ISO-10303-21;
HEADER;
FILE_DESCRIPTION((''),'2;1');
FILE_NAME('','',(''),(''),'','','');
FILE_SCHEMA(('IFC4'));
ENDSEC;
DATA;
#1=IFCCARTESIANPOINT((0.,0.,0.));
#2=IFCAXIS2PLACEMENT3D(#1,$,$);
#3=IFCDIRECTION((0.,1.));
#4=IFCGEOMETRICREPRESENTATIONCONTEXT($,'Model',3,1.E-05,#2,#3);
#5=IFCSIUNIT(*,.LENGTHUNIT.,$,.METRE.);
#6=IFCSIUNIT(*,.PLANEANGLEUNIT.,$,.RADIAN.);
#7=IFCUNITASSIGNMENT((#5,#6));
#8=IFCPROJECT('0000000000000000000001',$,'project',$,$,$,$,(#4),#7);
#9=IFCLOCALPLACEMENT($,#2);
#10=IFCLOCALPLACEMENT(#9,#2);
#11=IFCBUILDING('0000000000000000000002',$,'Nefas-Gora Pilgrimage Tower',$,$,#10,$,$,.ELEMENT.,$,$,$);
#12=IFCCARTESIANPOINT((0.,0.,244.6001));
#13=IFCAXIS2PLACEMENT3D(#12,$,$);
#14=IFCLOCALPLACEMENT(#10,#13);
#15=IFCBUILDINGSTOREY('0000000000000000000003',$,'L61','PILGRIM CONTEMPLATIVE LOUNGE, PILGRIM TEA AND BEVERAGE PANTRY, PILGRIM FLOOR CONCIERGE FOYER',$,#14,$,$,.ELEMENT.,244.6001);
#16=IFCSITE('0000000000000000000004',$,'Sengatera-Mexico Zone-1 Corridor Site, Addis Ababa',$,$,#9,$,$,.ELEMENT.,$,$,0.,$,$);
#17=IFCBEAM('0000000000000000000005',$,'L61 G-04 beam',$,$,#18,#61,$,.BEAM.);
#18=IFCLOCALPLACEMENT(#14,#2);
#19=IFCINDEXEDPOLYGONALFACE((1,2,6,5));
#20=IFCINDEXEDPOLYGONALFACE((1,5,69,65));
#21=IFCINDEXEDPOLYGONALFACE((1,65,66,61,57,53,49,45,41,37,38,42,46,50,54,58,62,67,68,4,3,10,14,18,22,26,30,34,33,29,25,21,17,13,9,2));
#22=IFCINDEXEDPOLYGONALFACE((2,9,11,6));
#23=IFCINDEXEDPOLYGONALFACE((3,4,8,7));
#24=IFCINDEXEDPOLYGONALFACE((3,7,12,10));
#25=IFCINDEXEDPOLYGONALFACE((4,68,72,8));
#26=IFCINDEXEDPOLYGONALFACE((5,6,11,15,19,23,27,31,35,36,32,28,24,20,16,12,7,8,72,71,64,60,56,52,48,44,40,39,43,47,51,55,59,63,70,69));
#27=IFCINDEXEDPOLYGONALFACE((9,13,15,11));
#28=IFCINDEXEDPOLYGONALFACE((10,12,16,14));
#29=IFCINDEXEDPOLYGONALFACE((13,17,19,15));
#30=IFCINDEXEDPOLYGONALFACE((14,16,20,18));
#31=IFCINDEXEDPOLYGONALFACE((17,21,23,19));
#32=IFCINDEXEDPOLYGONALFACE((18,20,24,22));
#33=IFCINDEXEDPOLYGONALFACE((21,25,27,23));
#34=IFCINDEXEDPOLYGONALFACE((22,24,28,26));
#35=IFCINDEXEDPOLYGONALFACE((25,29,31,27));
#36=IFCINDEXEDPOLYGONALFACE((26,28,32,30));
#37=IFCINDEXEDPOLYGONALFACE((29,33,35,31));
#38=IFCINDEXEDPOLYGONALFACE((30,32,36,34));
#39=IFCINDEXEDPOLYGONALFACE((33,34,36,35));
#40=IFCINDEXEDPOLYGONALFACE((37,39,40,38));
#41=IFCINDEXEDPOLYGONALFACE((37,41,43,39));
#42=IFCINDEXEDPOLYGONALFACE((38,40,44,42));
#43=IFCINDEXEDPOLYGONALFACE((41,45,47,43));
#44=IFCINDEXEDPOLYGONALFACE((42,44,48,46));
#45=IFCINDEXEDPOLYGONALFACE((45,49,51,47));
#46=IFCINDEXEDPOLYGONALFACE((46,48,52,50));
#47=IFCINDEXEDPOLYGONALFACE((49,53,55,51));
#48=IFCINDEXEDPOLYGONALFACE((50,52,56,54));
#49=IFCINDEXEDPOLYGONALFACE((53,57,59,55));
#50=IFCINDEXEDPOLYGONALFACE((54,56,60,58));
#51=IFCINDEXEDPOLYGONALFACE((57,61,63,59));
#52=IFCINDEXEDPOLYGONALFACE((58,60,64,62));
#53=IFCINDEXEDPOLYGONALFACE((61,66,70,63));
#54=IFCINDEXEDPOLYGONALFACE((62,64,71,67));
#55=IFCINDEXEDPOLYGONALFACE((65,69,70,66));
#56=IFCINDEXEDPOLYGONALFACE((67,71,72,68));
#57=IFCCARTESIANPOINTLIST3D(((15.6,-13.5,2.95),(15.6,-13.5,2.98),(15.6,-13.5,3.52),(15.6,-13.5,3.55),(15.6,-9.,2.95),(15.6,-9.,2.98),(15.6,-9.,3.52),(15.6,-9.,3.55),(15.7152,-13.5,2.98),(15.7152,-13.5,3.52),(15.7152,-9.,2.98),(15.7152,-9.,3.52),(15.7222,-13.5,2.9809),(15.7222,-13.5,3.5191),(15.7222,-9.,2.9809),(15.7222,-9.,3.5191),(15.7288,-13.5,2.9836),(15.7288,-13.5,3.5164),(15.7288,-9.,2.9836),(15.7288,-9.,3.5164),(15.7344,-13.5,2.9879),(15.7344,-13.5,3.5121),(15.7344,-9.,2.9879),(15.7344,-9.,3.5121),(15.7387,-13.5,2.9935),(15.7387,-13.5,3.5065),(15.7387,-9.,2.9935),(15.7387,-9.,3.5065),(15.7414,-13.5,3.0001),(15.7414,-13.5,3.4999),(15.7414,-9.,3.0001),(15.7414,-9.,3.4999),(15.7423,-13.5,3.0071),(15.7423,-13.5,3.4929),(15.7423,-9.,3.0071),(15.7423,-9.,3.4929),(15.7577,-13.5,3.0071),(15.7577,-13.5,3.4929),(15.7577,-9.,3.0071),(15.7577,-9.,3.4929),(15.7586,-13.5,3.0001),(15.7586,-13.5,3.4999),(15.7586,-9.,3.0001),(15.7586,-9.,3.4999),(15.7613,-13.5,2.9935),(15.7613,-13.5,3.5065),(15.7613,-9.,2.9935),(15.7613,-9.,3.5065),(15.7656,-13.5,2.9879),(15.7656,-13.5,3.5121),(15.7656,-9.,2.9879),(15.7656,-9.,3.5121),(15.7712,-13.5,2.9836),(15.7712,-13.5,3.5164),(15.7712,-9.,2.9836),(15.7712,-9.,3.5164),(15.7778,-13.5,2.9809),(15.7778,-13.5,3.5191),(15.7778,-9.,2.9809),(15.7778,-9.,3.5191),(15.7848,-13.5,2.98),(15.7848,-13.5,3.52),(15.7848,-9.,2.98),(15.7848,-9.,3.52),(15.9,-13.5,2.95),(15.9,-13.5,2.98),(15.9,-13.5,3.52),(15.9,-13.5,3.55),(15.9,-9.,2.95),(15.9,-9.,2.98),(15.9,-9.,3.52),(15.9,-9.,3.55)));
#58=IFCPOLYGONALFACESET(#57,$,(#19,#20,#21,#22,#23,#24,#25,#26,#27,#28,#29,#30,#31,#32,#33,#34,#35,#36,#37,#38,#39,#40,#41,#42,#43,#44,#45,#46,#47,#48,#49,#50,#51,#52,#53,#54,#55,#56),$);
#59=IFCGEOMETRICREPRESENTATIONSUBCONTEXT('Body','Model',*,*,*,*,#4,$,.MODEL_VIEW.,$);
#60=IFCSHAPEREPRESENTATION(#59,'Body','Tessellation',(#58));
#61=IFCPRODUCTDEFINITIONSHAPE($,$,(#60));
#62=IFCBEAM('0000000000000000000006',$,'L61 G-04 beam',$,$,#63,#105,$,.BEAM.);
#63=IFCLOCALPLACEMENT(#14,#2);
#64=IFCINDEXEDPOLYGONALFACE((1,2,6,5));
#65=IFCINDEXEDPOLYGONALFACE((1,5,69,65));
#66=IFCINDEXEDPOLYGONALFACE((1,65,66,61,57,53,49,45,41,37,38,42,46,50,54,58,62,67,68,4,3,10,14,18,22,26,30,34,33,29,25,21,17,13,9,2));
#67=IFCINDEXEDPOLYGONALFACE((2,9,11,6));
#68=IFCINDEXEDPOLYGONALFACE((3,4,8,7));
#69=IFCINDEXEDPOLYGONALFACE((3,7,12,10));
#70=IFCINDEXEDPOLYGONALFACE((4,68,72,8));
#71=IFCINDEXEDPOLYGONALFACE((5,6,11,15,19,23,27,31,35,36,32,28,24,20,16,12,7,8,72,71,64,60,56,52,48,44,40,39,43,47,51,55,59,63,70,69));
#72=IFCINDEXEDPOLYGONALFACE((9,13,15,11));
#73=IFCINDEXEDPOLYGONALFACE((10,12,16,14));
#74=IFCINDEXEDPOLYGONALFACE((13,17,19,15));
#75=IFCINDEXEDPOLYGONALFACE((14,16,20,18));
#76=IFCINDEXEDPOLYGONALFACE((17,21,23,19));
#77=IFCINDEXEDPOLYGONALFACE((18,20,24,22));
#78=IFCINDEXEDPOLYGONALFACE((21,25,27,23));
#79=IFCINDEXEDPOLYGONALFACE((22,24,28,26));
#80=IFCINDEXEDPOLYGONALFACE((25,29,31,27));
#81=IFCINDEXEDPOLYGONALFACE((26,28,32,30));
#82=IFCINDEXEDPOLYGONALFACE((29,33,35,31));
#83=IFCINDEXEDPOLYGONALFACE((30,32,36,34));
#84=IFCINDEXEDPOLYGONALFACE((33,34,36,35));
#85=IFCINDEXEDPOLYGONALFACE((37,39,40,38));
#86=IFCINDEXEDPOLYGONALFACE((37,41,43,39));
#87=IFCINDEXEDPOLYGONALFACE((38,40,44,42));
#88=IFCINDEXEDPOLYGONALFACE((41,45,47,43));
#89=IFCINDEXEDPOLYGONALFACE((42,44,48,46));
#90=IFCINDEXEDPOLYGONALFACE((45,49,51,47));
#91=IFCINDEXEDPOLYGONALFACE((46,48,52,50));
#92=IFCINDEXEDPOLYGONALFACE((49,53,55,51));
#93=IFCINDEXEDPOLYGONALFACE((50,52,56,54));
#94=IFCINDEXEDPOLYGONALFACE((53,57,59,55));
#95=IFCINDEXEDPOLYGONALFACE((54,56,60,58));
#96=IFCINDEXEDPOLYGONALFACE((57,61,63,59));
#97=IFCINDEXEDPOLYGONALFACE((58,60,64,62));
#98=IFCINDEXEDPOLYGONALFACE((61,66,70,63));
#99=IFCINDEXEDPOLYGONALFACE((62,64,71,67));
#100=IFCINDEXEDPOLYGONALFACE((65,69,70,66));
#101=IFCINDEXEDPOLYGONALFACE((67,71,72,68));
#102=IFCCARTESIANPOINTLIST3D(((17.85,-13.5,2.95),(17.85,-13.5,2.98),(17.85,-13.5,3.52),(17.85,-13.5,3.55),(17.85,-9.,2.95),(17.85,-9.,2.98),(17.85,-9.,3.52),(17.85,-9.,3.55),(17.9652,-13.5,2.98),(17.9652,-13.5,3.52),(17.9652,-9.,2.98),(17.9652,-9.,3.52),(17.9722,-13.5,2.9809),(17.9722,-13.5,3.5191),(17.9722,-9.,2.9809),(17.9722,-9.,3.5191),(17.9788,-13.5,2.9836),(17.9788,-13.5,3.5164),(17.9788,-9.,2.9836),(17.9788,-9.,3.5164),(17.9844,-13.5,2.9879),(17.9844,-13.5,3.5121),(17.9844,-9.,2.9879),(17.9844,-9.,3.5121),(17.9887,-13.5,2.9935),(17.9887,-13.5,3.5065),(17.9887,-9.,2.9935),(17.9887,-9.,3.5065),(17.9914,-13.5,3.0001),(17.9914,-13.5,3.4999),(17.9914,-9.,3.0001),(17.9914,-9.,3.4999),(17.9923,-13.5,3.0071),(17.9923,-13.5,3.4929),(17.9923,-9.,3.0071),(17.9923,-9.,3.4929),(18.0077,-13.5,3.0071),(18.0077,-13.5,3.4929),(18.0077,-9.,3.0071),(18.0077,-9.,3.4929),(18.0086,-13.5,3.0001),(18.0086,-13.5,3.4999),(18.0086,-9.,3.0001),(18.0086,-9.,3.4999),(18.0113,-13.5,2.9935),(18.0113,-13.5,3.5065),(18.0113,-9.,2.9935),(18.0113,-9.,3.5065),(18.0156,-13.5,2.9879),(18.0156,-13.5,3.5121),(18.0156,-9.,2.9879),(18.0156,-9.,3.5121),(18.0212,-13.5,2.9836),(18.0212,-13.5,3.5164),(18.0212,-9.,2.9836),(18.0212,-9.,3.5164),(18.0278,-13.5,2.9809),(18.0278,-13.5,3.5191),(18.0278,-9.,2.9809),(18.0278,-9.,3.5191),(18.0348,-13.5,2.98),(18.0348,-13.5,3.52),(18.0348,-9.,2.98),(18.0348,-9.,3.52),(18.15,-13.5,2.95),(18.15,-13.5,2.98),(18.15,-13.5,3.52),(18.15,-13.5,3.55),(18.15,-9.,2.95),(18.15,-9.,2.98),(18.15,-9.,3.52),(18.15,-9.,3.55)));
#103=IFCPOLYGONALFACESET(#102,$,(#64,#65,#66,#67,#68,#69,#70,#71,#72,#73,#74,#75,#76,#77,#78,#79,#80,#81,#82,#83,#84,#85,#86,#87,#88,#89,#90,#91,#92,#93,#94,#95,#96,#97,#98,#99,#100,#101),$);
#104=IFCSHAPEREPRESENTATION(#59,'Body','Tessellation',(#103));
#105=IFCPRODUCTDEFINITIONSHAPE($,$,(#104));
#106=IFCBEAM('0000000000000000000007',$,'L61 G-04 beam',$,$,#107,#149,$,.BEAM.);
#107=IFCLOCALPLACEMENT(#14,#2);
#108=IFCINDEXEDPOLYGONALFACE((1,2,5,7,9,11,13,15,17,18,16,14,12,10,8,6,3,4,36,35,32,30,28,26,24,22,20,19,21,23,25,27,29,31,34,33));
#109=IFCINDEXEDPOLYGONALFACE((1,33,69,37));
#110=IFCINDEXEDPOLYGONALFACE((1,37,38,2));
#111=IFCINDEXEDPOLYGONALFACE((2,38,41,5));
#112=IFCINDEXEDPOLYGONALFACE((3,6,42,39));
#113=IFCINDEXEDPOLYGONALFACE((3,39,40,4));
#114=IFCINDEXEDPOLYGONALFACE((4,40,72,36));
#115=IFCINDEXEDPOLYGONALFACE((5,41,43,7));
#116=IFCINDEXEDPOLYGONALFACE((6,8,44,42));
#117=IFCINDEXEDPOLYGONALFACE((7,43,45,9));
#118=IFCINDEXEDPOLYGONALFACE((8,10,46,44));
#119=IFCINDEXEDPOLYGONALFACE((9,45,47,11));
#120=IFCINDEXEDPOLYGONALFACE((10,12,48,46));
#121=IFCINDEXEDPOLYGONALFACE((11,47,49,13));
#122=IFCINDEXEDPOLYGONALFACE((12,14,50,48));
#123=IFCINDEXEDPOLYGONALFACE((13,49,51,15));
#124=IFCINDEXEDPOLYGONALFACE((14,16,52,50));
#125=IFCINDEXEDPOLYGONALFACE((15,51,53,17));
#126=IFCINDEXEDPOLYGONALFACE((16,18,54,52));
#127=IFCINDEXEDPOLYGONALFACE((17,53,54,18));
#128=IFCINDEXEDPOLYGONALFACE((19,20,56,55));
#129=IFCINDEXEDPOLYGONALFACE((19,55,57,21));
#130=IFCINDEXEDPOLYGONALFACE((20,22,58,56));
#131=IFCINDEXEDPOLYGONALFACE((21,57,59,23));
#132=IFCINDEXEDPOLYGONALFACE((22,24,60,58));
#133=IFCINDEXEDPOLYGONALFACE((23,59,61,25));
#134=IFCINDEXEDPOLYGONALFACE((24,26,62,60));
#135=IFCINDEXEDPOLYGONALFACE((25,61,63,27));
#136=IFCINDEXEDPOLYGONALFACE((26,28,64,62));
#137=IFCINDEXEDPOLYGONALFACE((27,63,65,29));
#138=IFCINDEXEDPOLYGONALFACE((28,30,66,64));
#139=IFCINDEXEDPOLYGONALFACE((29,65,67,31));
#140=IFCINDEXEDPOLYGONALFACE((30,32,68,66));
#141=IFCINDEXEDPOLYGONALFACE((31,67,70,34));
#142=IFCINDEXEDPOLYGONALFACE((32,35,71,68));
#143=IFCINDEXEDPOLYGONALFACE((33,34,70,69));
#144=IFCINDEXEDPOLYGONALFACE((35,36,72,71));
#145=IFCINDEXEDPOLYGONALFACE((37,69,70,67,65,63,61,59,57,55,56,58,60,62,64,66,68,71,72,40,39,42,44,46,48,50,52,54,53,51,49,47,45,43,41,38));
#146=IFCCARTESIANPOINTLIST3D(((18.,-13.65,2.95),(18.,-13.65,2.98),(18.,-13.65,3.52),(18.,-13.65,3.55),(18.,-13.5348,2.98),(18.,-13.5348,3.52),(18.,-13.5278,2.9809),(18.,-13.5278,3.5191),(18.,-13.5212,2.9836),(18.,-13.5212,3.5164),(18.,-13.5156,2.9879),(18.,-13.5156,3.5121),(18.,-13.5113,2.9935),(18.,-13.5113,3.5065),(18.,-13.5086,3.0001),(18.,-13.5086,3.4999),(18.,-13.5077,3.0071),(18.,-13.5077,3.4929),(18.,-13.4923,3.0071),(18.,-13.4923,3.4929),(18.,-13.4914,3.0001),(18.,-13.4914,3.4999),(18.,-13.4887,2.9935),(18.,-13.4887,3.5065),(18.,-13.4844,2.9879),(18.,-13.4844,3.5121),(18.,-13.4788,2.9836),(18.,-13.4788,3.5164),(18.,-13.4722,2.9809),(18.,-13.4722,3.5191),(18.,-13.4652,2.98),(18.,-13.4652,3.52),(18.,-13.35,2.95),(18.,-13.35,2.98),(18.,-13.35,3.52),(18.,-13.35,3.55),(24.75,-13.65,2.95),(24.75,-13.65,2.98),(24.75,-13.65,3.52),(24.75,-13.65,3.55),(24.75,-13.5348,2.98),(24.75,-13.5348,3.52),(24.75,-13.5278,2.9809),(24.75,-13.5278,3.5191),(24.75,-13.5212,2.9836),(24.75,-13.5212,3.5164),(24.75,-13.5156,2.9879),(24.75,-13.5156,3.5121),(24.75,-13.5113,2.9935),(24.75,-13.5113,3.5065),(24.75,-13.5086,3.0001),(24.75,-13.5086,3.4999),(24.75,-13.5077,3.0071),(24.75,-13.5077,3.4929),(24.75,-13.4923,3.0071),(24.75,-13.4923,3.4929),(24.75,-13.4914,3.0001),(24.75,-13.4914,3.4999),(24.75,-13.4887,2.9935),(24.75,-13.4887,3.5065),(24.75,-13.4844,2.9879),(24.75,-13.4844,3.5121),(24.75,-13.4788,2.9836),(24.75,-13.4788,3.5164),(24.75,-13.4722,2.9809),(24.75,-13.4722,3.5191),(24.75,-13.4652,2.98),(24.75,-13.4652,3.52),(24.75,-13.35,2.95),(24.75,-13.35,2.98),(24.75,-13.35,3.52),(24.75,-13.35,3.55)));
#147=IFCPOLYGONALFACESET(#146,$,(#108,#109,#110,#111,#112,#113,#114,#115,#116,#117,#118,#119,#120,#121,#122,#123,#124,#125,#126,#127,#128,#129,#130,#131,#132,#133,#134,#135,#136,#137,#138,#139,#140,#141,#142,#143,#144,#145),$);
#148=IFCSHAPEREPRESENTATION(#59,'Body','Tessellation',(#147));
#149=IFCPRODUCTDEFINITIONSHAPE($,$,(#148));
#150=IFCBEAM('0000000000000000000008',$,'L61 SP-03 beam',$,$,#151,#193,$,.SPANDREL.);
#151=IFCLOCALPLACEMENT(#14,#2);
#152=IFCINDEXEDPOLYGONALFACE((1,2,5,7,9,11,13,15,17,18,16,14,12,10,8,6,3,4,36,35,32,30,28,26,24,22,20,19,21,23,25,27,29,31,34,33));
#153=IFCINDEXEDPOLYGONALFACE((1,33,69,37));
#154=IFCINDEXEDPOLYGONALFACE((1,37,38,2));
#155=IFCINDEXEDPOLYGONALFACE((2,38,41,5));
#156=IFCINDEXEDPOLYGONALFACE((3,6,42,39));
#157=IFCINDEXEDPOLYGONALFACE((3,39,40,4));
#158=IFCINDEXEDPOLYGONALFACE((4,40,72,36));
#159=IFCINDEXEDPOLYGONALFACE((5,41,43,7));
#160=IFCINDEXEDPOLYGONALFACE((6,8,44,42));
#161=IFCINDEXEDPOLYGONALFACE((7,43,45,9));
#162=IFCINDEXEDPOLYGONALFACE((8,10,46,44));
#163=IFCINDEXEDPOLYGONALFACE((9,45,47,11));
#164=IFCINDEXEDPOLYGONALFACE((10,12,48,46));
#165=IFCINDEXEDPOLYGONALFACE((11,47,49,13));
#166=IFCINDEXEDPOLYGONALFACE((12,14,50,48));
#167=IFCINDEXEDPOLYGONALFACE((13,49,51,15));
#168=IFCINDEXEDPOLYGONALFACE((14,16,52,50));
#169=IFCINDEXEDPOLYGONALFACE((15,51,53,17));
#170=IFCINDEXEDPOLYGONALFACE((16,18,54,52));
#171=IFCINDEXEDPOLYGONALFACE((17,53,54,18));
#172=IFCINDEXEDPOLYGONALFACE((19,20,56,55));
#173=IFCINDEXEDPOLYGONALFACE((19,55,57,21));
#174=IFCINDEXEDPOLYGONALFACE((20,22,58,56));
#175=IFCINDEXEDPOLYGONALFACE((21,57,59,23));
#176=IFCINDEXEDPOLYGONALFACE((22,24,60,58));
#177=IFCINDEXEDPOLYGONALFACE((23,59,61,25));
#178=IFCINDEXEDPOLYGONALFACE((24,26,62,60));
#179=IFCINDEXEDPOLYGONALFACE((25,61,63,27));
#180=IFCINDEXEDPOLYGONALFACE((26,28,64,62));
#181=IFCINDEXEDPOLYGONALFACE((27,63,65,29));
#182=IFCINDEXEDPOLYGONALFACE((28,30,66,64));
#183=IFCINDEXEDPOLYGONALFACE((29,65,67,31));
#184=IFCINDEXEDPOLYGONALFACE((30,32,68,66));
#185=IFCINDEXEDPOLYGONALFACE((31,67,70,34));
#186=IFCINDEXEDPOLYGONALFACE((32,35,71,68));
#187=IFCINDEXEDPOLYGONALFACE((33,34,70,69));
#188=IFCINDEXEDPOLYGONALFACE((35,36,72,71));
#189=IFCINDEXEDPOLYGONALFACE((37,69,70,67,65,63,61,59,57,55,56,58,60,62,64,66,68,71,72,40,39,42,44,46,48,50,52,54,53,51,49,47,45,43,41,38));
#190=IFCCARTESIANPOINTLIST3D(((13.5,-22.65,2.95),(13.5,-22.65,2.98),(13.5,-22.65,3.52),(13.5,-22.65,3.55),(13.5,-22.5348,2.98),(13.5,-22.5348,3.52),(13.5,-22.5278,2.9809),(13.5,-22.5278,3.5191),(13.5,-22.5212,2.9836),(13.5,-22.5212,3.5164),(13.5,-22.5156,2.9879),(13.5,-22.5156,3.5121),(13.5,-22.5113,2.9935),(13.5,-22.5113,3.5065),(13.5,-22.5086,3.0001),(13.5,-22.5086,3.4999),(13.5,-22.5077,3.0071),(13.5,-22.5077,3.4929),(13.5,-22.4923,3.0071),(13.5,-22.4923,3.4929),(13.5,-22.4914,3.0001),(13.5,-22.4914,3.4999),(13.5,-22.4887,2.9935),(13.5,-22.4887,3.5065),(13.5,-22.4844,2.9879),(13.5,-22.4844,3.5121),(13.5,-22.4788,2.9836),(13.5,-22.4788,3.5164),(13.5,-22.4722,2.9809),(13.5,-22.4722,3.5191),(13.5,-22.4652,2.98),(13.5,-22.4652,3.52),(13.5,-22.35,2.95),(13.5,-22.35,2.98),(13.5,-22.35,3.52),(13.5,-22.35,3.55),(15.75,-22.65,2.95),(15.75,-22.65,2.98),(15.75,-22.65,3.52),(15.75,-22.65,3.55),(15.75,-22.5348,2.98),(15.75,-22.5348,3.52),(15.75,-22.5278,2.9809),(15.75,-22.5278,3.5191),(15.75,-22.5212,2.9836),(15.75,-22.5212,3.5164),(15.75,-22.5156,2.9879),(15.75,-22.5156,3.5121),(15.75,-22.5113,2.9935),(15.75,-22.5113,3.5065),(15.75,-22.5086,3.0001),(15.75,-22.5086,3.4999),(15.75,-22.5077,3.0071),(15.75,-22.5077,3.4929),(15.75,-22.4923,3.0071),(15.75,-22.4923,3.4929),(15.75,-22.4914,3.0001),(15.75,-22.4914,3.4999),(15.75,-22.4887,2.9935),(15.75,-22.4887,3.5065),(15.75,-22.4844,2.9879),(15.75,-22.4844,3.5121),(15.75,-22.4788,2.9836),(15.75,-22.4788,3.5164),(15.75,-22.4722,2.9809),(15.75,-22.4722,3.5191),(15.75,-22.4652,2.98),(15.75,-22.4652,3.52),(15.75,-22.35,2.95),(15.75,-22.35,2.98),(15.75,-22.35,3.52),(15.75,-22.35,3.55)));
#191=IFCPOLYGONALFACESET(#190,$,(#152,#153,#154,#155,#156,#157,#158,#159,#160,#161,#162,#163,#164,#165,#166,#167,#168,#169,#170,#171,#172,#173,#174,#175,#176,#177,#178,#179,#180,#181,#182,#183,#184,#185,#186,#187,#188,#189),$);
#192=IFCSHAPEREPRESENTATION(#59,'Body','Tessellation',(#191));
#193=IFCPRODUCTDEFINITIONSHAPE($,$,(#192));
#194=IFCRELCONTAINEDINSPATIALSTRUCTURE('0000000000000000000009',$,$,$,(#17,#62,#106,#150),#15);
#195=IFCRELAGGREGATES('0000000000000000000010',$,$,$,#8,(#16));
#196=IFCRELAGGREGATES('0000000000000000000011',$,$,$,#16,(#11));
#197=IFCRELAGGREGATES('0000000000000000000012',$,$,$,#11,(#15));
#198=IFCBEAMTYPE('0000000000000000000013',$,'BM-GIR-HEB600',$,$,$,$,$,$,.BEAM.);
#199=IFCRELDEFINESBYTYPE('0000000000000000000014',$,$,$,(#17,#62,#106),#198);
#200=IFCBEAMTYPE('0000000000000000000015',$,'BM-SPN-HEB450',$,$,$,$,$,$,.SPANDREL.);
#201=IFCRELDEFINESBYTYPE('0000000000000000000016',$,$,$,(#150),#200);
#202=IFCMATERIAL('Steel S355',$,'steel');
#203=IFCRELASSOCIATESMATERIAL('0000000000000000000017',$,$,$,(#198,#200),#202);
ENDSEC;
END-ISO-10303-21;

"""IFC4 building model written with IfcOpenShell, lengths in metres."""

from ifc_helpers import new_model, si_unit, direction, frame, origin, origin_2d, place, context, subcontext, project, spatial, i_section, extrude, source, transform, mapped, material, material_profile, profile_set, type_object, element, save


model = new_model("IFC4")

# Units and contexts
model_context = context("Model", 3, precision=1e-05, world=origin(), true_north=direction((0.0, 1.0)))
body_context = subcontext(model_context, "Body", "Model", "MODEL_VIEW")
ifc_project = project(units=[si_unit("LENGTHUNIT", "METRE"), si_unit("PLANEANGLEUNIT", "RADIAN")], contexts=[model_context])

# Site, building, storey
site_placement = place(None, origin())
site = spatial("IfcSite", under=ifc_project, at=site_placement, Name="Sengatera-Mexico Zone-1 Corridor Site, Addis Ababa", CompositionType="ELEMENT", RefElevation=0.0)
building_placement = place(site_placement, origin())
building = spatial("IfcBuilding", under=site, at=building_placement, Name="Nefas-Gora Pilgrimage Tower", CompositionType="ELEMENT")
storey_placement = place(building_placement, frame((0.0, 0.0, 244.6001)))
storey = spatial("IfcBuildingStorey", under=building, at=storey_placement, Name="L61", Description="PILGRIM CONTEMPLATIVE LOUNGE, PILGRIM TEA AND BEVERAGE PANTRY, PILGRIM FLOOR CONCIERGE FOYER", CompositionType="ELEMENT", Elevation=244.6001)

# Beams
ifc_material_1 = material(Name="Steel S355", Category="steel")
ifc_material_profile_1 = material_profile(ifc_material_1, i_section(OverallWidth=0.3, OverallDepth=0.6001, WebThickness=0.0154, FlangeThickness=0.03, FilletRadius=0.0271, at=origin_2d()), Name="HEB 600")
ifc_profile_set_1 = profile_set([ifc_material_profile_1], Name="Steel S355")
beam_type_1 = type_object("IfcBeamType", Name="BM-GIR-HEB600", PredefinedType="BEAM", material=ifc_profile_set_1)
shared_shape_1 = source(origin(), body_context, "Body", "SweptSolid", [
    extrude(i_section(OverallWidth=0.3, OverallDepth=0.6001, WebThickness=0.0154, FlangeThickness=0.03, FilletRadius=0.0271, at=origin_2d()), origin(), (0.0, 0.0, 1.0), 4.5),
])
for number, where, z_axis, x_axis, name in (
    (1, (15.75, -13.5, 3.25), (0.0, 1.0, 0.0), (-1.0, 0.0, 0.0), "L61 G-04 beam"),
    (2, (18.0, -13.5, 3.25), (0.0, 1.0, 0.0), (-1.0, 0.0, 0.0), "L61 G-04 beam"),
):
    element("IfcBeam", number, at=place(storey_placement, frame(where, z_axis=z_axis, x_axis=x_axis)), inside=storey, type_object=beam_type_1, Name=name, PredefinedType="BEAM", context=body_context, shape_type="MappedRepresentation", body=[
        mapped(shared_shape_1, transform((0.0, 0.0, 0.0), x_axis=(1.0, 0.0, 0.0), y_axis=(0.0, 1.0, 0.0), z_axis=(0.0, 0.0, 1.0), scale=1.0)),
    ])
shared_shape_2 = source(origin(), body_context, "Body", "SweptSolid", [
    extrude(i_section(OverallWidth=0.3, OverallDepth=0.6001, WebThickness=0.0154, FlangeThickness=0.03, FilletRadius=0.0271, at=origin_2d()), origin(), (0.0, 0.0, 1.0), 6.75),
])
beam_1_placement = place(storey_placement, frame((18.0, -13.5, 3.25), z_axis=(1.0, 0.0, 0.0), x_axis=(0.0, 1.0, 0.0)))
element("IfcBeam", 3, at=beam_1_placement, inside=storey, type_object=beam_type_1, Name="L61 G-04 beam", PredefinedType="BEAM", context=body_context, shape_type="MappedRepresentation", body=[
    mapped(shared_shape_2, transform((0.0, 0.0, 0.0), x_axis=(1.0, 0.0, 0.0), y_axis=(0.0, 1.0, 0.0), z_axis=(0.0, 0.0, 1.0), scale=1.0)),
])
ifc_material_profile_2 = material_profile(ifc_material_1, i_section(OverallWidth=0.3, OverallDepth=0.6001, WebThickness=0.0154, FlangeThickness=0.03, FilletRadius=0.0271, at=origin_2d()), Name="HEB 600")
ifc_profile_set_2 = profile_set([ifc_material_profile_2], Name="Steel S355")
beam_type_2 = type_object("IfcBeamType", Name="BM-SPN-HEB450", PredefinedType="SPANDREL", material=ifc_profile_set_2)
shared_shape_3 = source(origin(), body_context, "Body", "SweptSolid", [
    extrude(i_section(OverallWidth=0.3, OverallDepth=0.6001, WebThickness=0.0154, FlangeThickness=0.03, FilletRadius=0.0271, at=origin_2d()), origin(), (0.0, 0.0, 1.0), 2.25),
])
beam_2_placement = place(storey_placement, frame((13.5, -22.5, 3.25), z_axis=(1.0, 0.0, 0.0), x_axis=(0.0, 1.0, 0.0)))
element("IfcBeam", 4, at=beam_2_placement, inside=storey, type_object=beam_type_2, Name="L61 SP-03 beam", PredefinedType="SPANDREL", context=body_context, shape_type="MappedRepresentation", body=[
    mapped(shared_shape_3, transform((0.0, 0.0, 0.0), x_axis=(1.0, 0.0, 0.0), y_axis=(0.0, 1.0, 0.0), z_axis=(0.0, 0.0, 1.0), scale=1.0)),
])

save(model, "model.ifc")
